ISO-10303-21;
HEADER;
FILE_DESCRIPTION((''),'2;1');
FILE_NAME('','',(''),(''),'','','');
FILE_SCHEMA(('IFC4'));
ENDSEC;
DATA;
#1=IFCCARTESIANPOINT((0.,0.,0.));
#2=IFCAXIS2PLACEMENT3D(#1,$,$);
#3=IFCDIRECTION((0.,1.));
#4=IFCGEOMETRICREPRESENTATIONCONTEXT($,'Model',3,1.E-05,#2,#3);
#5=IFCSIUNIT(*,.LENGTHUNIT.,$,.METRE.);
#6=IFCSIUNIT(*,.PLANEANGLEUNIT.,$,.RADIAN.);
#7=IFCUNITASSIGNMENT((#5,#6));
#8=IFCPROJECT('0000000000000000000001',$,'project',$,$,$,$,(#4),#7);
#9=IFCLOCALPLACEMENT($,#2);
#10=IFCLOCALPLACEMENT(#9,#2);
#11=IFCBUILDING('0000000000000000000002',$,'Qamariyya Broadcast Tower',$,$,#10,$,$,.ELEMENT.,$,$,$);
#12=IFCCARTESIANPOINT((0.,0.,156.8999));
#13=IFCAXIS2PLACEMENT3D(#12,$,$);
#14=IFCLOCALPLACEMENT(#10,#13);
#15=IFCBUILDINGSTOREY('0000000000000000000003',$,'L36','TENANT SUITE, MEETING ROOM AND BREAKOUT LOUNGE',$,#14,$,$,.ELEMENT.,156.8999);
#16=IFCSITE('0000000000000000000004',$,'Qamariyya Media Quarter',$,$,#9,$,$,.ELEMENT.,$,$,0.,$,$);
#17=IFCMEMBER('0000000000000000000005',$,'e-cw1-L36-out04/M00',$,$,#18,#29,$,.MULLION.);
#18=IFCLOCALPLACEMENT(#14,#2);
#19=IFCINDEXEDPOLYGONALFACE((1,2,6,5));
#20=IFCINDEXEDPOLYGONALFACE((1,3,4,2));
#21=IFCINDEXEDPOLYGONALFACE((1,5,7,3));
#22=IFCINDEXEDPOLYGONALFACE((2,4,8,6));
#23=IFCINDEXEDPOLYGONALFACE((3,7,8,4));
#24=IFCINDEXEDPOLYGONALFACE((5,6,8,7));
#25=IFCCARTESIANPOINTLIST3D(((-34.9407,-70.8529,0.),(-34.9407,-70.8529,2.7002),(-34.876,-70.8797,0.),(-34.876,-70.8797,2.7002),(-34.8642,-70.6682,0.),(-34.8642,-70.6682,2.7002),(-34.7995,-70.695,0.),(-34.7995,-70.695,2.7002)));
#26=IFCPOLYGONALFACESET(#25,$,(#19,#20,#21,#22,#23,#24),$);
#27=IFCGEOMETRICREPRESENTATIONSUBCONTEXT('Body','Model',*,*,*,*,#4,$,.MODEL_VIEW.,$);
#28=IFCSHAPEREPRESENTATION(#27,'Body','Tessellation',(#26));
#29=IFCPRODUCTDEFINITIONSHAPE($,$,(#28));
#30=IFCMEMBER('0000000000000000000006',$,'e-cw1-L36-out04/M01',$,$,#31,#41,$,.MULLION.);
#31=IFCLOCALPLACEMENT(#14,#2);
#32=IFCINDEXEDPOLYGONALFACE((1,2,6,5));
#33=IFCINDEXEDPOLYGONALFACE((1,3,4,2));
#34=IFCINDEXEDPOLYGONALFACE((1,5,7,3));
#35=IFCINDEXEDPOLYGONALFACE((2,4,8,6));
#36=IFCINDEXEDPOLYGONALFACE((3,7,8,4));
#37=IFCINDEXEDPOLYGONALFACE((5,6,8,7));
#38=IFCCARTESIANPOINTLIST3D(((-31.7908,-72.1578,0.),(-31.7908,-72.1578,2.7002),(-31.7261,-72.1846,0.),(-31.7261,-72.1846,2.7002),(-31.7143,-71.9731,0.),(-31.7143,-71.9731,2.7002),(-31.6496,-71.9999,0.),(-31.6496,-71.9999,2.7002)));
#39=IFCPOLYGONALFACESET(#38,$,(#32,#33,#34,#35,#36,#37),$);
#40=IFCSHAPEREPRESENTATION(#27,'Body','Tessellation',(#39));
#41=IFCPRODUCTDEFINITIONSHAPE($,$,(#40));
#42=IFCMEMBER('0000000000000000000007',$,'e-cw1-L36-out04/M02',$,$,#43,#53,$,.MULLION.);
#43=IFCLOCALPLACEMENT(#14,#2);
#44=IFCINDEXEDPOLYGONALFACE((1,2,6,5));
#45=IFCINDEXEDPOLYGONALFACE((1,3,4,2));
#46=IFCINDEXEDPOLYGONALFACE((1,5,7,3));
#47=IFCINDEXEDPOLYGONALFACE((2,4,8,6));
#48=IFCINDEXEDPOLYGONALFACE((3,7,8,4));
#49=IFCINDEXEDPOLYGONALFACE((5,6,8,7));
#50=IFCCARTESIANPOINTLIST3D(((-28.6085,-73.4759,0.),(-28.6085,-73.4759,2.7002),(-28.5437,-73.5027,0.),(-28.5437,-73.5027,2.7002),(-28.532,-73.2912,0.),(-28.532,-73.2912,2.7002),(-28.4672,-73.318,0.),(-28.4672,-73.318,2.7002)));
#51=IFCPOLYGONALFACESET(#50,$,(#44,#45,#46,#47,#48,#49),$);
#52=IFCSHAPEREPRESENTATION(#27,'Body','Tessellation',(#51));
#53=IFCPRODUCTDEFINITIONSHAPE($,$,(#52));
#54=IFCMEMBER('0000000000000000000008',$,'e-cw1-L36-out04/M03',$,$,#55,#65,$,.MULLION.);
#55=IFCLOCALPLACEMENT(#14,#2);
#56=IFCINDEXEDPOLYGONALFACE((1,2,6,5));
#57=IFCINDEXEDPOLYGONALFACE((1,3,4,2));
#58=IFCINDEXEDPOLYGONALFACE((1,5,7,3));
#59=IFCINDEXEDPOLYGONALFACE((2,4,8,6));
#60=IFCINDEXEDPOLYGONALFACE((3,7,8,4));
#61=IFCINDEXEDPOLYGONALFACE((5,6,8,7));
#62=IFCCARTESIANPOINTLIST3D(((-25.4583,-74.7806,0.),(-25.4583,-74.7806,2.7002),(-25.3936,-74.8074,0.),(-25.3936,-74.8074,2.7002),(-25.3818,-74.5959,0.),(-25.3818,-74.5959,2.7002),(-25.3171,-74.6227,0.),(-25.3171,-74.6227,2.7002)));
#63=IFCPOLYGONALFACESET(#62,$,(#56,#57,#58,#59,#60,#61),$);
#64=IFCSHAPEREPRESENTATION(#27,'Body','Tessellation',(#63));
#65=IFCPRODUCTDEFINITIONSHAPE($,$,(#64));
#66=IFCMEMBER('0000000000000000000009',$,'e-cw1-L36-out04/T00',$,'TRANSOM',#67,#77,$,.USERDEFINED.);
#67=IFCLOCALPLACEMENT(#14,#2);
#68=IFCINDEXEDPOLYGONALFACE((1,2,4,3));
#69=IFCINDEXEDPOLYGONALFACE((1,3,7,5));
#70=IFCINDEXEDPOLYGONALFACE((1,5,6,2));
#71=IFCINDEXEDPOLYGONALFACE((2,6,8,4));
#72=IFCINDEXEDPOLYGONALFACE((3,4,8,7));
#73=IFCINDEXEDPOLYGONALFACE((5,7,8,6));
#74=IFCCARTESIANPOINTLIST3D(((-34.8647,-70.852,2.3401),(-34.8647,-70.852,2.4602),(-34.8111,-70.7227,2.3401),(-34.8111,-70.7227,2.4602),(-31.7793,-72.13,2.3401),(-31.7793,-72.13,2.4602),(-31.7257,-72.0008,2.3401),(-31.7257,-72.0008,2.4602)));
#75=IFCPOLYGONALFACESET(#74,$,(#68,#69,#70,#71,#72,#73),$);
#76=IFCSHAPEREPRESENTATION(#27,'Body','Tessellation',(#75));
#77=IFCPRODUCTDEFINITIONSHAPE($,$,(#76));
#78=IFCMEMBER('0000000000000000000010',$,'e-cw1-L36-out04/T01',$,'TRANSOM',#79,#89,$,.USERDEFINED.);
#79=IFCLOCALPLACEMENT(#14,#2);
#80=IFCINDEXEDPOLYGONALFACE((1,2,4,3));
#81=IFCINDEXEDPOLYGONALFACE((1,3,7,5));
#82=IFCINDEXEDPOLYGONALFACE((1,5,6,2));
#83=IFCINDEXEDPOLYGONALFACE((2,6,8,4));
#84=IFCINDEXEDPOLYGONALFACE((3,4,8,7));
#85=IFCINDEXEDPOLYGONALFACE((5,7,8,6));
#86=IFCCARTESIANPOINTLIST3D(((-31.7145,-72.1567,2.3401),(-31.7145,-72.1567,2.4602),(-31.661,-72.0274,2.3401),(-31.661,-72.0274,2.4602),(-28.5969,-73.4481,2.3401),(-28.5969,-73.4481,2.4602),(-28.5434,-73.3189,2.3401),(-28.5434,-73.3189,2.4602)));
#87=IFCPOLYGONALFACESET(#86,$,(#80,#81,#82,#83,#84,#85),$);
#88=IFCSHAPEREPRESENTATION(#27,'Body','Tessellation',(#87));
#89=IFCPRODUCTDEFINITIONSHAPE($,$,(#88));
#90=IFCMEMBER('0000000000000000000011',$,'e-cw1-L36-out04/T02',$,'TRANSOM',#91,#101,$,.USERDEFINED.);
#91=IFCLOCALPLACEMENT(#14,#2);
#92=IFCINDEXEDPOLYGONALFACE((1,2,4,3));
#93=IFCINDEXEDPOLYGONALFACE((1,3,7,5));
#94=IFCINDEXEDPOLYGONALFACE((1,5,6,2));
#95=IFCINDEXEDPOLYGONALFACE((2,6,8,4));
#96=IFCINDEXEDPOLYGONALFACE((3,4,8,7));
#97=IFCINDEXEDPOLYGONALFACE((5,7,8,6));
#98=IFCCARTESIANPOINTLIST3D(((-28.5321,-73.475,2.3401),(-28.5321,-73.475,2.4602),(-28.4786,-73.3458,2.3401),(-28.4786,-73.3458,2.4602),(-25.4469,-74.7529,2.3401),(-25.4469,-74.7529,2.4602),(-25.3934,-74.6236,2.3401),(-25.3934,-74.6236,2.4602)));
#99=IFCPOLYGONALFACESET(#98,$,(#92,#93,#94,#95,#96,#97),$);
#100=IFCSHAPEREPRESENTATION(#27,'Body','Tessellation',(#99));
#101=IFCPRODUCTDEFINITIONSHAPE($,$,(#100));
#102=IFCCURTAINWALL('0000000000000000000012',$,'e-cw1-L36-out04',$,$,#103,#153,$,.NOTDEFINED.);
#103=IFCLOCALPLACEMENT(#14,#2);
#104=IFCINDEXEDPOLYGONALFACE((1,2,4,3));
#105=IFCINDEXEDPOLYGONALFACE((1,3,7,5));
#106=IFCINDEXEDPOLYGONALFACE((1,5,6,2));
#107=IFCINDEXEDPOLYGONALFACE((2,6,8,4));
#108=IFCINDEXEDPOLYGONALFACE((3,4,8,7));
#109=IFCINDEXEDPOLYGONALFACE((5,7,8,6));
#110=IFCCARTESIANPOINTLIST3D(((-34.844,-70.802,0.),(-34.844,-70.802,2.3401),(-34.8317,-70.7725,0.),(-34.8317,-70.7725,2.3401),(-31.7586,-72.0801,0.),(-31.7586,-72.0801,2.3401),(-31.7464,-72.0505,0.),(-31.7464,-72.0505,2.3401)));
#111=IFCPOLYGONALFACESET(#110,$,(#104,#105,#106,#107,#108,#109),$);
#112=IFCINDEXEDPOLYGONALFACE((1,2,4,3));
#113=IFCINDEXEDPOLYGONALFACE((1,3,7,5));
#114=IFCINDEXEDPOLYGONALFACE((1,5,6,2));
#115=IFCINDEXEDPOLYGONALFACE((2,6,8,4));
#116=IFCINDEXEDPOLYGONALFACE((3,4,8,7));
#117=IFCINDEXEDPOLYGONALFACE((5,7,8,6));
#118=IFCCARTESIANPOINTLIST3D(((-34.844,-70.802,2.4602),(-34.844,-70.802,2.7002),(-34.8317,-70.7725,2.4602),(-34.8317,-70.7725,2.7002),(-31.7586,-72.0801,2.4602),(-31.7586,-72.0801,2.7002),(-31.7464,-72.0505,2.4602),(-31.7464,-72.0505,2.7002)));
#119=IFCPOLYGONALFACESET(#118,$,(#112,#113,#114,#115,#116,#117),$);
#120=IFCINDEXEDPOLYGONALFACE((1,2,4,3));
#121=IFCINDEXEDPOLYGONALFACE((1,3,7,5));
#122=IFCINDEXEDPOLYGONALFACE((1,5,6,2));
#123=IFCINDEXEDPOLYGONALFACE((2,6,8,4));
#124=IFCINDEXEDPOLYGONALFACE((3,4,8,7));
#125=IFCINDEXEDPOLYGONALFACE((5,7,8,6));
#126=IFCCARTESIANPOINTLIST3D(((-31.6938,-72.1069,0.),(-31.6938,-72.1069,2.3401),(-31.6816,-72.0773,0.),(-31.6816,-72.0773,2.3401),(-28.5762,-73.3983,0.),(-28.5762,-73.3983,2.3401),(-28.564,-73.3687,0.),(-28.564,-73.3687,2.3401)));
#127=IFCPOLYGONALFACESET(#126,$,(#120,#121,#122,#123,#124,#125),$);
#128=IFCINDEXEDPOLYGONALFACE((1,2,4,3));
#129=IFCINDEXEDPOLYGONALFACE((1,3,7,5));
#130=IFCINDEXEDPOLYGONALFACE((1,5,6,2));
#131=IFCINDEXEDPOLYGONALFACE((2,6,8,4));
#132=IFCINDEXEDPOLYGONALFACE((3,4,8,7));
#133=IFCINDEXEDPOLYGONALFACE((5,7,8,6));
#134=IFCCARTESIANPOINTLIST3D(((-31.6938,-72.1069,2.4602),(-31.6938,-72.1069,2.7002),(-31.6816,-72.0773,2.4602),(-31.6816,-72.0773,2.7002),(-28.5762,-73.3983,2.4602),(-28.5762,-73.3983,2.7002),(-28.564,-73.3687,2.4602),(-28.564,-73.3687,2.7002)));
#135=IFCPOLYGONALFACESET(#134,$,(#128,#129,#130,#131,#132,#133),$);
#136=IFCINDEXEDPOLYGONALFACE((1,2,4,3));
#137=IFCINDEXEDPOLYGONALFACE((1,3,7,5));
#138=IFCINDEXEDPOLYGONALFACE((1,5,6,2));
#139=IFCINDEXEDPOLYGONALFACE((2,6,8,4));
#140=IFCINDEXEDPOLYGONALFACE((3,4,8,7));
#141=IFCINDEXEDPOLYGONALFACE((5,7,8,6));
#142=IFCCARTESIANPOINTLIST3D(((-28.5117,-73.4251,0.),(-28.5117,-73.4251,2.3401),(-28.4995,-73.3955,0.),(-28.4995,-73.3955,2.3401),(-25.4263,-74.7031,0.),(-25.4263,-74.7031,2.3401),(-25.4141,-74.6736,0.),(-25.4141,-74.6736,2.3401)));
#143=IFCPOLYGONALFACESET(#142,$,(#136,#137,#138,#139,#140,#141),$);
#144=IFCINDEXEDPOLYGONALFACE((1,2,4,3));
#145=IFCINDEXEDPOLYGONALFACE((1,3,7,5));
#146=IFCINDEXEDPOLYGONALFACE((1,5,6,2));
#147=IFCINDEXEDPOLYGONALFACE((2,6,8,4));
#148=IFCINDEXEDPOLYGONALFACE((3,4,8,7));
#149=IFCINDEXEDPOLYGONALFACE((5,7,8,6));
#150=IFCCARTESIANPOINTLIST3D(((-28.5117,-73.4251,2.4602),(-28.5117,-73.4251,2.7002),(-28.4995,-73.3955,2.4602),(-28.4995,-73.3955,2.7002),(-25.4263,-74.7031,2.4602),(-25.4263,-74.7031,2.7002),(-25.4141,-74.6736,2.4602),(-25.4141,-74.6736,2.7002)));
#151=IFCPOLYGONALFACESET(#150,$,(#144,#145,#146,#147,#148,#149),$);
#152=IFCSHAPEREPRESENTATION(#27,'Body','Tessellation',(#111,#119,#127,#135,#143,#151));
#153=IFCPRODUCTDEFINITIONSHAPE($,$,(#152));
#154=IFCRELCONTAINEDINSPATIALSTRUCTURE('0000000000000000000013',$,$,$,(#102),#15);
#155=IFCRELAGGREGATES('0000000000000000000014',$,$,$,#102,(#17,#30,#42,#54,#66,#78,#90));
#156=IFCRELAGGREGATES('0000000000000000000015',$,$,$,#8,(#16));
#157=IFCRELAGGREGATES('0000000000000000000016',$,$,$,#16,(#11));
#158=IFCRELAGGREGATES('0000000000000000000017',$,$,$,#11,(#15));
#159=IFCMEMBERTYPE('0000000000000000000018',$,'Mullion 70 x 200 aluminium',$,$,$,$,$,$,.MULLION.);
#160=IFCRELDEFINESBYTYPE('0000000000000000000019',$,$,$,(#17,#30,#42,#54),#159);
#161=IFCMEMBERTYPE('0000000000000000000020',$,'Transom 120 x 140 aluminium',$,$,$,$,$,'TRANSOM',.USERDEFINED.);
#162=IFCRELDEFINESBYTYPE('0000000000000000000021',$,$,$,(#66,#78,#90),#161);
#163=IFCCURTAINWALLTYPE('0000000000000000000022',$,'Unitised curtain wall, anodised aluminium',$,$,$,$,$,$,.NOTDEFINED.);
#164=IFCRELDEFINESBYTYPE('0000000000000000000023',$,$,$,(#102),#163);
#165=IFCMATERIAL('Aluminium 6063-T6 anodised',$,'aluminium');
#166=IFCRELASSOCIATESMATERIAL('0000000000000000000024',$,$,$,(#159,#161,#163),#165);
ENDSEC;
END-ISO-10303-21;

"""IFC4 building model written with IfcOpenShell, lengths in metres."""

from ifc_helpers import new_model, si_unit, direction, frame, origin, origin_2d, place, context, subcontext, project, spatial, rectangle, extrude, material, material_profile, profile_set, type_object, element, aggregate, save


model = new_model("IFC4")

# Units and contexts
model_context = context("Model", 3, precision=1e-05, world=origin(), true_north=direction((0.0, 1.0)))
body_context = subcontext(model_context, "Body", "Model", "MODEL_VIEW")
ifc_project = project(units=[si_unit("LENGTHUNIT", "METRE"), si_unit("PLANEANGLEUNIT", "RADIAN")], contexts=[model_context])

# Site, building, storey
site_placement = place(None, origin())
site = spatial("IfcSite", under=ifc_project, at=site_placement, Name="Qamariyya Media Quarter", CompositionType="ELEMENT", RefElevation=0.0)
building_placement = place(site_placement, origin())
building = spatial("IfcBuilding", under=site, at=building_placement, Name="Qamariyya Broadcast Tower", CompositionType="ELEMENT")
storey_placement = place(building_placement, frame((0.0, 0.0, 156.8999)))
storey = spatial("IfcBuildingStorey", under=building, at=storey_placement, Name="L36", Description="TENANT SUITE, MEETING ROOM AND BREAKOUT LOUNGE", CompositionType="ELEMENT", Elevation=156.8999)

# Members
ifc_material_1 = material(Name="Aluminium 6063-T6 anodised", Category="aluminium")
ifc_material_profile_1 = material_profile(ifc_material_1, rectangle(XDim=0.2, YDim=0.0701, at=origin_2d()))
ifc_profile_set_1 = profile_set([ifc_material_profile_1], Name="Aluminium 6063-T6 anodised")
member_type_1 = type_object("IfcMemberType", Name="Mullion 70 x 200 aluminium", PredefinedType="MULLION", material=ifc_profile_set_1)
member_1_placement = place(storey_placement, frame((-34.8701, -70.7739, 0.0), z_axis=(0.0, 0.0, 1.0), x_axis=(0.382683, 0.92388, 0.0)))
member_1 = element("IfcMember", 1, at=member_1_placement, type_object=member_type_1, Name="e-cw1-L36-out04/M00", PredefinedType="MULLION", context=body_context, shape_type="SweptSolid", body=[
    extrude(rectangle(XDim=0.2, YDim=0.0701, at=origin_2d()), origin(), (0.0, 0.0, 1.0), 2.7002),
])
member_2_placement = place(storey_placement, frame((-31.7202, -72.0789, 0.0), z_axis=(0.0, 0.0, 1.0), x_axis=(0.382683, 0.92388, 0.0)))
member_2 = element("IfcMember", 2, at=member_2_placement, type_object=member_type_1, Name="e-cw1-L36-out04/M01", PredefinedType="MULLION", context=body_context, shape_type="SweptSolid", body=[
    extrude(rectangle(XDim=0.2, YDim=0.0701, at=origin_2d()), origin(), (0.0, 0.0, 1.0), 2.7002),
])
member_3_placement = place(storey_placement, frame((-28.5378, -73.397, 0.0), z_axis=(0.0, 0.0, 1.0), x_axis=(0.382683, 0.92388, 0.0)))
member_3 = element("IfcMember", 3, at=member_3_placement, type_object=member_type_1, Name="e-cw1-L36-out04/M02", PredefinedType="MULLION", context=body_context, shape_type="SweptSolid", body=[
    extrude(rectangle(XDim=0.2, YDim=0.0701, at=origin_2d()), origin(), (0.0, 0.0, 1.0), 2.7002),
])
member_4_placement = place(storey_placement, frame((-25.3877, -74.7017, 0.0), z_axis=(0.0, 0.0, 1.0), x_axis=(0.382683, 0.92388, 0.0)))
member_4 = element("IfcMember", 4, at=member_4_placement, type_object=member_type_1, Name="e-cw1-L36-out04/M03", PredefinedType="MULLION", context=body_context, shape_type="SweptSolid", body=[
    extrude(rectangle(XDim=0.2, YDim=0.0701, at=origin_2d()), origin(), (0.0, 0.0, 1.0), 2.7002),
])

# Members
ifc_material_profile_2 = material_profile(ifc_material_1, rectangle(XDim=0.1399, YDim=0.1201, at=origin_2d()))
ifc_profile_set_2 = profile_set([ifc_material_profile_2], Name="Aluminium 6063-T6 anodised")
member_type_2 = type_object("IfcMemberType", Name="Transom 120 x 140 aluminium", ElementType="TRANSOM", PredefinedType="USERDEFINED", material=ifc_profile_set_2)
member_5_placement = place(storey_placement, frame((-34.8379, -70.7874, 2.4001), z_axis=(0.923875, -0.382694, 0.0), x_axis=(0.382694, 0.923875, 0.0)))
member_5 = element("IfcMember", 5, at=member_5_placement, type_object=member_type_2, Name="e-cw1-L36-out04/T00", ObjectType="TRANSOM", PredefinedType="USERDEFINED", context=body_context, shape_type="SweptSolid", body=[
    extrude(rectangle(XDim=0.1399, YDim=0.1201, at=origin_2d()), origin(), (0.0, 0.0, 1.0), 3.3396),
])
member_6_placement = place(storey_placement, frame((-31.6877, -72.092, 2.4001), z_axis=(0.923867, -0.382714, 0.0), x_axis=(0.382714, 0.923867, 0.0)))
member_6 = element("IfcMember", 6, at=member_6_placement, type_object=member_type_2, Name="e-cw1-L36-out04/T01", ObjectType="TRANSOM", PredefinedType="USERDEFINED", context=body_context, shape_type="SweptSolid", body=[
    extrude(rectangle(XDim=0.1399, YDim=0.1201, at=origin_2d()), origin(), (0.0, 0.0, 1.0), 3.3745),
])
member_7_placement = place(storey_placement, frame((-28.5054, -73.4104, 2.4001), z_axis=(0.92389, -0.382657, 0.0), x_axis=(0.382657, 0.92389, 0.0)))
member_7 = element("IfcMember", 7, at=member_7_placement, type_object=member_type_2, Name="e-cw1-L36-out04/T02", ObjectType="TRANSOM", PredefinedType="USERDEFINED", context=body_context, shape_type="SweptSolid", body=[
    extrude(rectangle(XDim=0.1399, YDim=0.1201, at=origin_2d()), origin(), (0.0, 0.0, 1.0), 3.3394),
])

# Curtain wall
curtain_wall_type = type_object("IfcCurtainWallType", Name="Unitised curtain wall, anodised aluminium", PredefinedType="NOTDEFINED", material=ifc_material_1)
curtain_wall_1_placement = place(storey_placement, origin())
curtain_wall_1 = element("IfcCurtainWall", 8, at=curtain_wall_1_placement, inside=storey, type_object=curtain_wall_type, Name="e-cw1-L36-out04", PredefinedType="NOTDEFINED", context=body_context, shape_type="SweptSolid", body=[
    extrude(rectangle(XDim=3.3396, YDim=0.032, at=origin_2d()), frame((-33.2952, -71.4263, 0.0), x_axis=(0.923878, -0.382687, 0.0)), (0.0, 0.0, 1.0), 2.3401),
    extrude(rectangle(XDim=3.3396, YDim=0.032, at=origin_2d()), frame((-33.2952, -71.4263, 2.4602), x_axis=(0.923878, -0.382687, 0.0)), (0.0, 0.0, 1.0), 0.24),
    extrude(rectangle(XDim=3.3745, YDim=0.032, at=origin_2d()), frame((-30.1289, -72.7378, 0.0), x_axis=(0.923878, -0.382687, 0.0)), (0.0, 0.0, 1.0), 2.3401),
    extrude(rectangle(XDim=3.3745, YDim=0.032, at=origin_2d()), frame((-30.1289, -72.7378, 2.4602), x_axis=(0.923878, -0.382687, 0.0)), (0.0, 0.0, 1.0), 0.24),
    extrude(rectangle(XDim=3.3396, YDim=0.032, at=origin_2d()), frame((-26.9629, -74.0493, 0.0), x_axis=(0.923878, -0.382687, 0.0)), (0.0, 0.0, 1.0), 2.3401),
    extrude(rectangle(XDim=3.3396, YDim=0.032, at=origin_2d()), frame((-26.9629, -74.0493, 2.4602), x_axis=(0.923878, -0.382687, 0.0)), (0.0, 0.0, 1.0), 0.24),
])
aggregate(curtain_wall_1, [member_1, member_2, member_3, member_4, member_5, member_6, member_7])

save(model, "model.ifc")
